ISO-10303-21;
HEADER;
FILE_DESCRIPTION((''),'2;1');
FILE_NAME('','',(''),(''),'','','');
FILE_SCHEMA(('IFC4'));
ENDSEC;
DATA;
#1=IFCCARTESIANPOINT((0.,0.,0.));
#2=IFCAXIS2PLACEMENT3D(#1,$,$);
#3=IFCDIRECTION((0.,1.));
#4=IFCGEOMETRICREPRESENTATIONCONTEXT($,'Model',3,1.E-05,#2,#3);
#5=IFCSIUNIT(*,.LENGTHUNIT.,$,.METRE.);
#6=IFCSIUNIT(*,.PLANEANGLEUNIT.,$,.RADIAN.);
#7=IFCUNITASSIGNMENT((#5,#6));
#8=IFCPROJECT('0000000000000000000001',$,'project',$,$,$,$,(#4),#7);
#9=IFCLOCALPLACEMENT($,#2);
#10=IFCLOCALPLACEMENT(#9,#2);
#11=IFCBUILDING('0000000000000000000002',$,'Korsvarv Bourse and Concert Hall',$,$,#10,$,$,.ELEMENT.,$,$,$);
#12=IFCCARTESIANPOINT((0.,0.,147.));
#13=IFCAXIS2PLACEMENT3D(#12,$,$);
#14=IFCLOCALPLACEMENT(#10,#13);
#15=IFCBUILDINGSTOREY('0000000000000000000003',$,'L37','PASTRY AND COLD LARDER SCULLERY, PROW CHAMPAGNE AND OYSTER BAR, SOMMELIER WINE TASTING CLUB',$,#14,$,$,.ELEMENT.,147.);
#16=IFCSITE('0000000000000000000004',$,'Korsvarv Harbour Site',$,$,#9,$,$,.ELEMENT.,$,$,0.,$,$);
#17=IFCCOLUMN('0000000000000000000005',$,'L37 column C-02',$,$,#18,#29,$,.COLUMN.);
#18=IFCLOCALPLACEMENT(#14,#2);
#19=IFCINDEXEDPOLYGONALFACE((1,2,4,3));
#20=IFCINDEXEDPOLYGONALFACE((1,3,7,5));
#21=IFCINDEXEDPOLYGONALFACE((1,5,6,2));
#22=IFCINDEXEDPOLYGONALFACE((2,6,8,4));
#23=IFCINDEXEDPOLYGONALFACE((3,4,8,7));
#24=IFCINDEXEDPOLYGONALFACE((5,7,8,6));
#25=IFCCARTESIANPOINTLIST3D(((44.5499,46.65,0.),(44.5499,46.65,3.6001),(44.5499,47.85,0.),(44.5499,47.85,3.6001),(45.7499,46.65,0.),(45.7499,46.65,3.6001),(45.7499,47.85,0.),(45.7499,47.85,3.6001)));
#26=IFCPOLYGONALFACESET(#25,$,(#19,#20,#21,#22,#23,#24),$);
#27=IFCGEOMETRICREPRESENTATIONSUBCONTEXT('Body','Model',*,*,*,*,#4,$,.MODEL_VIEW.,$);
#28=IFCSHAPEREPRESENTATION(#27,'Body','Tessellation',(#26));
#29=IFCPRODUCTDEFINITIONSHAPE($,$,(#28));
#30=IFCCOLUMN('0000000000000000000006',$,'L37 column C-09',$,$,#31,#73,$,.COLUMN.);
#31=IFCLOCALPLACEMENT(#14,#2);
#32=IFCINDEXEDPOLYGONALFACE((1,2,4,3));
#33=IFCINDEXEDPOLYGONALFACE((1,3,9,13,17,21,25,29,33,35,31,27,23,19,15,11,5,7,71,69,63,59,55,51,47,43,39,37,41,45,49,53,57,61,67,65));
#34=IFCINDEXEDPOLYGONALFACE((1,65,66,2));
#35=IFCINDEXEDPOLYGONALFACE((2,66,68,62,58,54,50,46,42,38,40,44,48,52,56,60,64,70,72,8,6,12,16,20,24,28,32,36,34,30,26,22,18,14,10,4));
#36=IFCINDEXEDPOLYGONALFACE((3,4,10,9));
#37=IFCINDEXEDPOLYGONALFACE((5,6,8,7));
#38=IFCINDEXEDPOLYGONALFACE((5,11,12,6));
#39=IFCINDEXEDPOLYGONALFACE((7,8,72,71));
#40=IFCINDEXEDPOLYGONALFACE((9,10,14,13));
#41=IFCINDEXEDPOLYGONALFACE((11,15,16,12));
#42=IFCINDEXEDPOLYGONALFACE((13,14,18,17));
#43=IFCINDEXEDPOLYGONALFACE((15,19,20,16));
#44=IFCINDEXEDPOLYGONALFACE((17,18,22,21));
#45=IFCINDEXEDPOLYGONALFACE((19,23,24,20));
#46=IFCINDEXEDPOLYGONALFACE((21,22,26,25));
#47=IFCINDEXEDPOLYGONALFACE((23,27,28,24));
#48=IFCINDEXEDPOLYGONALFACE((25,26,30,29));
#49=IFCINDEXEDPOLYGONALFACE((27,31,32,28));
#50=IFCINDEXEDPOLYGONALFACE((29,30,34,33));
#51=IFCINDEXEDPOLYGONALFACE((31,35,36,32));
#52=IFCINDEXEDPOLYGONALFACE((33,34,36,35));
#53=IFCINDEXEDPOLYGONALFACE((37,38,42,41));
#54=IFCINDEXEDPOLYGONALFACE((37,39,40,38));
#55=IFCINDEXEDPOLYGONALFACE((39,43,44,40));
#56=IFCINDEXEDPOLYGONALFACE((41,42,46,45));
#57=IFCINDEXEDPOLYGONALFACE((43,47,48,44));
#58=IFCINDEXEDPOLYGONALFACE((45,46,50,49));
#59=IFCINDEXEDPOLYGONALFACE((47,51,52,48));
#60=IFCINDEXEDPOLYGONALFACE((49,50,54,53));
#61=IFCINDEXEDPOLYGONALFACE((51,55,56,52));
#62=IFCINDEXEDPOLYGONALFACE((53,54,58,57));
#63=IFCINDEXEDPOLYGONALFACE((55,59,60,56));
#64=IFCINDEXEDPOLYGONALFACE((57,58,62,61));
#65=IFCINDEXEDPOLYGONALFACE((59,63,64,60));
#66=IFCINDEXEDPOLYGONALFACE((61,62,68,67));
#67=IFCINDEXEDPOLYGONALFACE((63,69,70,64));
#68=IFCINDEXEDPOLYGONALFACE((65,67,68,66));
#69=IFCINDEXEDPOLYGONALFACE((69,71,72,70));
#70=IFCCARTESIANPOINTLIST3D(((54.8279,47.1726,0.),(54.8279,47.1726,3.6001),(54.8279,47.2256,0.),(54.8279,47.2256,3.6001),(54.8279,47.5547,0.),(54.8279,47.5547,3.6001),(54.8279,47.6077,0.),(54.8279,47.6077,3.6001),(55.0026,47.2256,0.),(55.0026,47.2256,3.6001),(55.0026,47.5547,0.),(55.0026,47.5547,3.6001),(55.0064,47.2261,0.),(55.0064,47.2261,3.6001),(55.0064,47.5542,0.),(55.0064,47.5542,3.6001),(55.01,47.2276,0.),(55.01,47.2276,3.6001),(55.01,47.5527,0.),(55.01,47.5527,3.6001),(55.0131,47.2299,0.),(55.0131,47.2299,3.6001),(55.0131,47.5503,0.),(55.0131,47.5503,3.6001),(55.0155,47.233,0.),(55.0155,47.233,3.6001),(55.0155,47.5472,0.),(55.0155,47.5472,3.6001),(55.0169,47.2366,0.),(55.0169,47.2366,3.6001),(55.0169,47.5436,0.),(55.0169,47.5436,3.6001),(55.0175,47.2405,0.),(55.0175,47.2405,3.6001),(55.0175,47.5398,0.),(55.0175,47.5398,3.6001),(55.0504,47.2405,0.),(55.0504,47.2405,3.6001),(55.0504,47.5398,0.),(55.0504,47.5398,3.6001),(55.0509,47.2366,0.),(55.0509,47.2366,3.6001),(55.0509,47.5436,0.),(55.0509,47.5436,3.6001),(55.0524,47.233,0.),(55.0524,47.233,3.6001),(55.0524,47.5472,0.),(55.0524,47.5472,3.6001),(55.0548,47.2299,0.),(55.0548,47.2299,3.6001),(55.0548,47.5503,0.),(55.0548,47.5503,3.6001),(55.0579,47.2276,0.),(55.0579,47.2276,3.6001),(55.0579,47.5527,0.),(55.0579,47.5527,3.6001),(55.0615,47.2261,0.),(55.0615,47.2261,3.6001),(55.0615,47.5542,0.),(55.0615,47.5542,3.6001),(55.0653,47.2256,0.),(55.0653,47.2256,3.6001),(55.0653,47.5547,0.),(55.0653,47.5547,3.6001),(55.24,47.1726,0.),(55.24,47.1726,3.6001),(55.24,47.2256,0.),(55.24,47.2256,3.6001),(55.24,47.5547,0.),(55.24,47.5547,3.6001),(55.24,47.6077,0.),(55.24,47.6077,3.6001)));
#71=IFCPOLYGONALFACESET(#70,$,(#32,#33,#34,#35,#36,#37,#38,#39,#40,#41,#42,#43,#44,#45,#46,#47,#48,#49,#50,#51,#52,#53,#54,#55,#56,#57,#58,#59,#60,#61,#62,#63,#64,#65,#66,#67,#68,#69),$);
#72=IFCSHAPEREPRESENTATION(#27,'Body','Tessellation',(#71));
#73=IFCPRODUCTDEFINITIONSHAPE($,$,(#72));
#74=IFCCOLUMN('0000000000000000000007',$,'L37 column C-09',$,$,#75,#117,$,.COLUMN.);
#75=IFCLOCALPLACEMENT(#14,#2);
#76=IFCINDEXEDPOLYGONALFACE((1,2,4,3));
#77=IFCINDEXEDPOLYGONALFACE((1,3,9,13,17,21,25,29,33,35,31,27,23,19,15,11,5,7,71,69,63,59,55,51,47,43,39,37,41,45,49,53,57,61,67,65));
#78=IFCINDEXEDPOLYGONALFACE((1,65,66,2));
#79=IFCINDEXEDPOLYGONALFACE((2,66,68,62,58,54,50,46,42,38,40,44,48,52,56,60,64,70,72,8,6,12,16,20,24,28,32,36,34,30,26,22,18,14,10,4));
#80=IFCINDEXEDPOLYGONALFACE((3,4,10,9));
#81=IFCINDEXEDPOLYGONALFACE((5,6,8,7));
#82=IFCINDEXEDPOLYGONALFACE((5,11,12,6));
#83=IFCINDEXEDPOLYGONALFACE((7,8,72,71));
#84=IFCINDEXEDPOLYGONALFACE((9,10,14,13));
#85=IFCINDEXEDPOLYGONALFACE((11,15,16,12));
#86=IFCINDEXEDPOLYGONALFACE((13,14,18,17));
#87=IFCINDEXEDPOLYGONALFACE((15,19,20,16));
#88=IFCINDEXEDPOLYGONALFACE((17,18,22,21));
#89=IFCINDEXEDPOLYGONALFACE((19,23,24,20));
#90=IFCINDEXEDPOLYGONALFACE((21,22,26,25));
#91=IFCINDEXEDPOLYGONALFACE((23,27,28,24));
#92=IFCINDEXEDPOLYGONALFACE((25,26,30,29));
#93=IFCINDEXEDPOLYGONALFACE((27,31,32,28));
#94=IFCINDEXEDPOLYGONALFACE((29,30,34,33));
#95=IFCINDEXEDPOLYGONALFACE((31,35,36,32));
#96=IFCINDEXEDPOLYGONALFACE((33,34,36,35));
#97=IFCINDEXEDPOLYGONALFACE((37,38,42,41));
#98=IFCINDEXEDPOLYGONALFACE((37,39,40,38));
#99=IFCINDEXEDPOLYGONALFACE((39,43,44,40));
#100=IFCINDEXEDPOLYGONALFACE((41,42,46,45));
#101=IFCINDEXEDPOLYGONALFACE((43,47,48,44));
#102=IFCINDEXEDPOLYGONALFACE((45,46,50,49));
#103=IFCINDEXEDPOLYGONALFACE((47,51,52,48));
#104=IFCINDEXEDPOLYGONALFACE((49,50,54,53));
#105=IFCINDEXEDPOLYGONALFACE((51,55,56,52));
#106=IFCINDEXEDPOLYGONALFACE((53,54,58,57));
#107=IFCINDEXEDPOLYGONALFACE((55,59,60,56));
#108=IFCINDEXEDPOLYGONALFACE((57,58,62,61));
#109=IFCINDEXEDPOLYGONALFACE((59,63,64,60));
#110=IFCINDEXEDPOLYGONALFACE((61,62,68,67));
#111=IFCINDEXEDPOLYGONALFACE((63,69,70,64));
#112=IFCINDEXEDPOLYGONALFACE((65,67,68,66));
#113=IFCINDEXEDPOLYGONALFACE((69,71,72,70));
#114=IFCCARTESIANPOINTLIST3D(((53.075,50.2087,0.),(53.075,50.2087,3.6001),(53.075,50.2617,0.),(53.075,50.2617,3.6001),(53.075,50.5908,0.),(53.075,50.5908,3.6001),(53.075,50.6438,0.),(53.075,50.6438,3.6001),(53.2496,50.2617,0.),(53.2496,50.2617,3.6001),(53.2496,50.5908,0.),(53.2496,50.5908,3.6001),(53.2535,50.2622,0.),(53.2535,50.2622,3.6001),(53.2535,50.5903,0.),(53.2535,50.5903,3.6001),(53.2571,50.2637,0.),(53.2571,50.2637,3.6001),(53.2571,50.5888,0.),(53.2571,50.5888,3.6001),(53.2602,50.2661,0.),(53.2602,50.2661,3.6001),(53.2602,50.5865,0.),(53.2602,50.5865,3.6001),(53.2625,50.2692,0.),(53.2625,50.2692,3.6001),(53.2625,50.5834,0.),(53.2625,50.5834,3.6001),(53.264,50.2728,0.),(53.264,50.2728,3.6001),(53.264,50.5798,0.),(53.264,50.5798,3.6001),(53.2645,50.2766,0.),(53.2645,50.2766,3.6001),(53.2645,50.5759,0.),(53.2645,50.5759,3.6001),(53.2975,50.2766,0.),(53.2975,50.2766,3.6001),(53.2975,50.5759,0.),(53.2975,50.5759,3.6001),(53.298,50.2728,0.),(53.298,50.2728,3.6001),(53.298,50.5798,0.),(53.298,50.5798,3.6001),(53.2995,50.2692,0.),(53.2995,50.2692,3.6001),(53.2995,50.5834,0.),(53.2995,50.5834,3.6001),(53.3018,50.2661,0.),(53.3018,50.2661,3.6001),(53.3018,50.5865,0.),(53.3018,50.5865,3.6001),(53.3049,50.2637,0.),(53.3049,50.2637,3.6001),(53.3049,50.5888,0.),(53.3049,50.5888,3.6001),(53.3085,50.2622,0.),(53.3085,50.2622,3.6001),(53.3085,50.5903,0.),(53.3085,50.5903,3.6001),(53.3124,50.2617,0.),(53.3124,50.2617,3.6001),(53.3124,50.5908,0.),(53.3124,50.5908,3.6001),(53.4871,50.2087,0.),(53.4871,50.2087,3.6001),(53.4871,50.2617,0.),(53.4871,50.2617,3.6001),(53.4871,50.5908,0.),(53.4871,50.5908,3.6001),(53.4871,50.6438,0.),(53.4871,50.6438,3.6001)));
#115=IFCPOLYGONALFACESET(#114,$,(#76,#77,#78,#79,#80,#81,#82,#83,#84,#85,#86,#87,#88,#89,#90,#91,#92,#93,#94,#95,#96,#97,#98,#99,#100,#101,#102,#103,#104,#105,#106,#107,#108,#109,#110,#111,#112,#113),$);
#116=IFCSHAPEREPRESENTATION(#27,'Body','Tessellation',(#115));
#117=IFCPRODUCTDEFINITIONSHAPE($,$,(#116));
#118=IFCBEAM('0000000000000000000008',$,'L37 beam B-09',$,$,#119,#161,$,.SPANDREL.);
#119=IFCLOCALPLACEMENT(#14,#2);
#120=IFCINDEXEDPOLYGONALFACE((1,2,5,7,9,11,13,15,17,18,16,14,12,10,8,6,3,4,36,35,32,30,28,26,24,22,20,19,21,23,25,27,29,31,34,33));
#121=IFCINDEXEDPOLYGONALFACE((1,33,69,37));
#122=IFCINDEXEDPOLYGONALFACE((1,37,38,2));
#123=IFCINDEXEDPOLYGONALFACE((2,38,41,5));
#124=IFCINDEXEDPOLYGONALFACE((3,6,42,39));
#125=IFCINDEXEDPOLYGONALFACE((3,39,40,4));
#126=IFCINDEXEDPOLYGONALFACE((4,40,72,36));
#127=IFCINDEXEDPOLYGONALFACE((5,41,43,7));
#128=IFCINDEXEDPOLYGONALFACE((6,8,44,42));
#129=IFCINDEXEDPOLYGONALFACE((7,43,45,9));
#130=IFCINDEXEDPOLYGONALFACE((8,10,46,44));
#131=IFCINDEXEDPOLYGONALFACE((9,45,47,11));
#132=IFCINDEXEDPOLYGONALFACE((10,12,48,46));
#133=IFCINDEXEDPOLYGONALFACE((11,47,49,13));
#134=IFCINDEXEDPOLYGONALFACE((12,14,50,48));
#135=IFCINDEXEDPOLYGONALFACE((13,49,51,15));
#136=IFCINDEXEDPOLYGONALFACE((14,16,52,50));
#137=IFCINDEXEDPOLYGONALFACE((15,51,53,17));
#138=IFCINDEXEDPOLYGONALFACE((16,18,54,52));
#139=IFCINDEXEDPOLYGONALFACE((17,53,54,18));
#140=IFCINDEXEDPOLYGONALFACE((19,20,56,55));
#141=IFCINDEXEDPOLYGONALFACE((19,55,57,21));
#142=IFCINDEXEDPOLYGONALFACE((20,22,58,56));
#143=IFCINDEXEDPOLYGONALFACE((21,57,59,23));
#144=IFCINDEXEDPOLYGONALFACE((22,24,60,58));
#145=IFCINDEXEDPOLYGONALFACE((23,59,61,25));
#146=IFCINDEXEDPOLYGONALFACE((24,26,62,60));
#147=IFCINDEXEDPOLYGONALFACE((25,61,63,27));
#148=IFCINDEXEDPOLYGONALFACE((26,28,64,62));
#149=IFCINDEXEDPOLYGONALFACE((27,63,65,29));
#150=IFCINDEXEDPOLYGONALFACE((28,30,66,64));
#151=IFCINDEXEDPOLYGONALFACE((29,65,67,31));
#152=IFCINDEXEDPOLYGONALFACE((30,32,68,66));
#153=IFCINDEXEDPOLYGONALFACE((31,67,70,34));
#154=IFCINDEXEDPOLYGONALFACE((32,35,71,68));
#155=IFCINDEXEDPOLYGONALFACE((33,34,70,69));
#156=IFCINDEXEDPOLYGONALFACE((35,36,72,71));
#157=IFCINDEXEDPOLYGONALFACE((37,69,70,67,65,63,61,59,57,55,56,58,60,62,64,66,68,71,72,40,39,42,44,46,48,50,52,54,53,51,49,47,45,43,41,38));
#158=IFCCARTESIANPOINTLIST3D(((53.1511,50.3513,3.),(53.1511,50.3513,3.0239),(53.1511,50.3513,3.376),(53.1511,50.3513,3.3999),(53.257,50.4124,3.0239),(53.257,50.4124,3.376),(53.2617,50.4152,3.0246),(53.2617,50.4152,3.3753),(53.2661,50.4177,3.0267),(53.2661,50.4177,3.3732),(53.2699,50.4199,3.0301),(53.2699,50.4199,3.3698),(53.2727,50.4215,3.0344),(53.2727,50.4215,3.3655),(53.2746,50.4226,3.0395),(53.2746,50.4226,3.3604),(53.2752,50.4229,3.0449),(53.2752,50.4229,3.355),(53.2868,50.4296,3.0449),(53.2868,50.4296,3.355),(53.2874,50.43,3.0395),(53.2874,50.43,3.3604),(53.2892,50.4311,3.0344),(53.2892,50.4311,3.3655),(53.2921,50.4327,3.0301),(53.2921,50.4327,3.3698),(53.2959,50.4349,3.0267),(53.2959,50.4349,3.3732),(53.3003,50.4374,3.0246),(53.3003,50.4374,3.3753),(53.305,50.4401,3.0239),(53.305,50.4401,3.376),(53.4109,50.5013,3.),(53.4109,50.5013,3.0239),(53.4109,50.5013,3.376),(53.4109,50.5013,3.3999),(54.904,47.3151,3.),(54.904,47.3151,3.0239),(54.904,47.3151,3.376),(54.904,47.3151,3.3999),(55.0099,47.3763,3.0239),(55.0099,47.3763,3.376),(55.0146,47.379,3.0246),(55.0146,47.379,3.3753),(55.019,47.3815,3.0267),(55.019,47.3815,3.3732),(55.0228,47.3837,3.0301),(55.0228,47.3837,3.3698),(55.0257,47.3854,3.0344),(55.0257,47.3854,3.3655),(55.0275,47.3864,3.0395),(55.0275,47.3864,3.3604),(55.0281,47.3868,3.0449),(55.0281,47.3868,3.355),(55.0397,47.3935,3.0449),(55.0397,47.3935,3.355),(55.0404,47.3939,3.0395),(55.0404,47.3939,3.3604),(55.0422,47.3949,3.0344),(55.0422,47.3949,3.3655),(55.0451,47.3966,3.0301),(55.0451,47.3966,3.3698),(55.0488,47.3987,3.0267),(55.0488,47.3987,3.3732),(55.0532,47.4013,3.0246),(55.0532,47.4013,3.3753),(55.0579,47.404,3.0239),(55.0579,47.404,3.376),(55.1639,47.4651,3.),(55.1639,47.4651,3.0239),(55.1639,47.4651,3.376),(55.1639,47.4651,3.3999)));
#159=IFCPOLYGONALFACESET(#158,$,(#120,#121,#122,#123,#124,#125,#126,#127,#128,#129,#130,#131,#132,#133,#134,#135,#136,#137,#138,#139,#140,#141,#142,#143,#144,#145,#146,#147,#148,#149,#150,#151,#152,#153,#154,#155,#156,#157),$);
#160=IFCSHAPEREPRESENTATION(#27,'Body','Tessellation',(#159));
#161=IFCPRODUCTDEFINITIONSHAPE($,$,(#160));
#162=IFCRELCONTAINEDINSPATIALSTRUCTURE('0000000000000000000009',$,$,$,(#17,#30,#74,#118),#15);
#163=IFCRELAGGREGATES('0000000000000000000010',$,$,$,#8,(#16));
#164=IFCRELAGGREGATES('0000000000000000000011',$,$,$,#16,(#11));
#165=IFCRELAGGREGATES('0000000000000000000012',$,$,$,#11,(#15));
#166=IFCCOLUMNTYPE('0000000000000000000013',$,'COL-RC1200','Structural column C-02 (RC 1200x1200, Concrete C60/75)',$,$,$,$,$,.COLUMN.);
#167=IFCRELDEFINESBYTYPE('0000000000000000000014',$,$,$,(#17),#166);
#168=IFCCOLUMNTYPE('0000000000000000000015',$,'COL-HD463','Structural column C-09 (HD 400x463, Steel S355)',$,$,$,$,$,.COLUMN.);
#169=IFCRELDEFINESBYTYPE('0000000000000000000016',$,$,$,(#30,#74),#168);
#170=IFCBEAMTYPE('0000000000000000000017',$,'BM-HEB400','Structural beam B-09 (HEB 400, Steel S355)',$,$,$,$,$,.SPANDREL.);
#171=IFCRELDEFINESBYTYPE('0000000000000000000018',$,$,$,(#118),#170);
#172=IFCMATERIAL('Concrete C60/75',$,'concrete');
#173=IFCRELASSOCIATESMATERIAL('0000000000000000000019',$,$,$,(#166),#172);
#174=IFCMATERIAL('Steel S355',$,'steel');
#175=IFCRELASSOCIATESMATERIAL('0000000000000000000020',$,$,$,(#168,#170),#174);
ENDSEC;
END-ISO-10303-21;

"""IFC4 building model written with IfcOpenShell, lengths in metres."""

from ifc_helpers import new_model, si_unit, direction, frame, origin, origin_2d, place, context, subcontext, project, spatial, rectangle, i_section, extrude, source, transform, mapped, material, material_profile, profile_set, type_object, element, save


model = new_model("IFC4")

# Units and contexts
model_context = context("Model", 3, precision=1e-05, world=origin(), true_north=direction((0.0, 1.0)))
body_context = subcontext(model_context, "Body", "Model", "MODEL_VIEW")
ifc_project = project(units=[si_unit("LENGTHUNIT", "METRE"), si_unit("PLANEANGLEUNIT", "RADIAN")], contexts=[model_context])

# Site, building, storey
site_placement = place(None, origin())
site = spatial("IfcSite", under=ifc_project, at=site_placement, Name="Korsvarv Harbour Site", CompositionType="ELEMENT", RefElevation=0.0)
building_placement = place(site_placement, origin())
building = spatial("IfcBuilding", under=site, at=building_placement, Name="Korsvarv Bourse and Concert Hall", CompositionType="ELEMENT")
storey_placement = place(building_placement, frame((0.0, 0.0, 147.0)))
storey = spatial("IfcBuildingStorey", under=building, at=storey_placement, Name="L37", Description="PASTRY AND COLD LARDER SCULLERY, PROW CHAMPAGNE AND OYSTER BAR, SOMMELIER WINE TASTING CLUB", CompositionType="ELEMENT", Elevation=147.0)

# Columns
ifc_material_1 = material(Name="Concrete C60/75", Category="concrete")
ifc_material_profile_1 = material_profile(ifc_material_1, rectangle(XDim=1.2, YDim=1.2, at=origin_2d()), Name="RC 1200x1200")
ifc_profile_set_1 = profile_set([ifc_material_profile_1], Name="Concrete C60/75")
column_type_1 = type_object("IfcColumnType", Name="COL-RC1200", Description="Structural column C-02 (RC 1200x1200, Concrete C60/75)", PredefinedType="COLUMN", material=ifc_profile_set_1)
shared_shape_1 = source(origin(), body_context, "Body", "SweptSolid", [
    extrude(rectangle(XDim=1.2, YDim=1.2, at=origin_2d()), origin(), (0.0, 0.0, 1.0), 3.6001),
])
column_placement = place(storey_placement, frame((45.1499, 47.25, 0.0), z_axis=(0.0, 0.0, 1.0), x_axis=(1.0, 0.0, 0.0)))
element("IfcColumn", 1, at=column_placement, inside=storey, type_object=column_type_1, Name="L37 column C-02", PredefinedType="COLUMN", context=body_context, shape_type="MappedRepresentation", body=[
    mapped(shared_shape_1, transform((0.0, 0.0, 0.0), scale=1.0)),
])
ifc_material_2 = material(Name="Steel S355", Category="steel")
ifc_material_profile_2 = material_profile(ifc_material_2, i_section(OverallWidth=0.4121, OverallDepth=0.4351, WebThickness=0.033, FlangeThickness=0.053, FilletRadius=0.0149, at=origin_2d()), Name="HD 400x463")
ifc_profile_set_2 = profile_set([ifc_material_profile_2], Name="Steel S355")
column_type_2 = type_object("IfcColumnType", Name="COL-HD463", Description="Structural column C-09 (HD 400x463, Steel S355)", PredefinedType="COLUMN", material=ifc_profile_set_2)
shared_shape_2 = source(origin(), body_context, "Body", "SweptSolid", [
    extrude(i_section(OverallWidth=0.4121, OverallDepth=0.4351, WebThickness=0.033, FlangeThickness=0.053, FilletRadius=0.0149, at=origin_2d()), origin(), (0.0, 0.0, 1.0), 3.6001),
])
for number, where, z_axis, x_axis, name in (
    (2, (55.0339, 47.3901, 0.0), (0.0, 0.0, 1.0), (1.0, 0.0, 0.0), "L37 column C-09"),
    (3, (53.281, 50.4263, 0.0), (0.0, 0.0, 1.0), (1.0, 0.0, 0.0), "L37 column C-09"),
):
    element("IfcColumn", number, at=place(storey_placement, frame(where, z_axis=z_axis, x_axis=x_axis)), inside=storey, type_object=column_type_2, Name=name, PredefinedType="COLUMN", context=body_context, shape_type="MappedRepresentation", body=[
        mapped(shared_shape_2, transform((0.0, 0.0, 0.0), scale=1.0)),
    ])

# Beam
ifc_material_profile_3 = material_profile(ifc_material_2, i_section(OverallWidth=0.3, OverallDepth=0.3999, WebThickness=0.0134, FlangeThickness=0.0239, FilletRadius=0.021, at=origin_2d()), Name="HEB 400")
ifc_profile_set_3 = profile_set([ifc_material_profile_3], Name="Steel S355")
beam_type_1 = type_object("IfcBeamType", Name="BM-HEB400", Description="Structural beam B-09 (HEB 400, Steel S355)", PredefinedType="SPANDREL", material=ifc_profile_set_3)
shared_shape_3 = source(origin(), body_context, "Body", "SweptSolid", [
    extrude(i_section(OverallWidth=0.3, OverallDepth=0.3999, WebThickness=0.0134, FlangeThickness=0.0239, FilletRadius=0.021, at=origin_2d()), origin(), (0.0, 0.0, 1.0), 3.5059),
])
beam_1_placement = place(storey_placement, frame((55.0339, 47.3901, 3.2), z_axis=(-0.500004, 0.866023, 0.0), x_axis=(-0.866023, -0.500004, 0.0)))
element("IfcBeam", 4, at=beam_1_placement, inside=storey, type_object=beam_type_1, Name="L37 beam B-09", PredefinedType="SPANDREL", context=body_context, shape_type="MappedRepresentation", body=[
    mapped(shared_shape_3, transform((0.0, 0.0, 0.0), scale=1.0)),
])

save(model, "model.ifc")
